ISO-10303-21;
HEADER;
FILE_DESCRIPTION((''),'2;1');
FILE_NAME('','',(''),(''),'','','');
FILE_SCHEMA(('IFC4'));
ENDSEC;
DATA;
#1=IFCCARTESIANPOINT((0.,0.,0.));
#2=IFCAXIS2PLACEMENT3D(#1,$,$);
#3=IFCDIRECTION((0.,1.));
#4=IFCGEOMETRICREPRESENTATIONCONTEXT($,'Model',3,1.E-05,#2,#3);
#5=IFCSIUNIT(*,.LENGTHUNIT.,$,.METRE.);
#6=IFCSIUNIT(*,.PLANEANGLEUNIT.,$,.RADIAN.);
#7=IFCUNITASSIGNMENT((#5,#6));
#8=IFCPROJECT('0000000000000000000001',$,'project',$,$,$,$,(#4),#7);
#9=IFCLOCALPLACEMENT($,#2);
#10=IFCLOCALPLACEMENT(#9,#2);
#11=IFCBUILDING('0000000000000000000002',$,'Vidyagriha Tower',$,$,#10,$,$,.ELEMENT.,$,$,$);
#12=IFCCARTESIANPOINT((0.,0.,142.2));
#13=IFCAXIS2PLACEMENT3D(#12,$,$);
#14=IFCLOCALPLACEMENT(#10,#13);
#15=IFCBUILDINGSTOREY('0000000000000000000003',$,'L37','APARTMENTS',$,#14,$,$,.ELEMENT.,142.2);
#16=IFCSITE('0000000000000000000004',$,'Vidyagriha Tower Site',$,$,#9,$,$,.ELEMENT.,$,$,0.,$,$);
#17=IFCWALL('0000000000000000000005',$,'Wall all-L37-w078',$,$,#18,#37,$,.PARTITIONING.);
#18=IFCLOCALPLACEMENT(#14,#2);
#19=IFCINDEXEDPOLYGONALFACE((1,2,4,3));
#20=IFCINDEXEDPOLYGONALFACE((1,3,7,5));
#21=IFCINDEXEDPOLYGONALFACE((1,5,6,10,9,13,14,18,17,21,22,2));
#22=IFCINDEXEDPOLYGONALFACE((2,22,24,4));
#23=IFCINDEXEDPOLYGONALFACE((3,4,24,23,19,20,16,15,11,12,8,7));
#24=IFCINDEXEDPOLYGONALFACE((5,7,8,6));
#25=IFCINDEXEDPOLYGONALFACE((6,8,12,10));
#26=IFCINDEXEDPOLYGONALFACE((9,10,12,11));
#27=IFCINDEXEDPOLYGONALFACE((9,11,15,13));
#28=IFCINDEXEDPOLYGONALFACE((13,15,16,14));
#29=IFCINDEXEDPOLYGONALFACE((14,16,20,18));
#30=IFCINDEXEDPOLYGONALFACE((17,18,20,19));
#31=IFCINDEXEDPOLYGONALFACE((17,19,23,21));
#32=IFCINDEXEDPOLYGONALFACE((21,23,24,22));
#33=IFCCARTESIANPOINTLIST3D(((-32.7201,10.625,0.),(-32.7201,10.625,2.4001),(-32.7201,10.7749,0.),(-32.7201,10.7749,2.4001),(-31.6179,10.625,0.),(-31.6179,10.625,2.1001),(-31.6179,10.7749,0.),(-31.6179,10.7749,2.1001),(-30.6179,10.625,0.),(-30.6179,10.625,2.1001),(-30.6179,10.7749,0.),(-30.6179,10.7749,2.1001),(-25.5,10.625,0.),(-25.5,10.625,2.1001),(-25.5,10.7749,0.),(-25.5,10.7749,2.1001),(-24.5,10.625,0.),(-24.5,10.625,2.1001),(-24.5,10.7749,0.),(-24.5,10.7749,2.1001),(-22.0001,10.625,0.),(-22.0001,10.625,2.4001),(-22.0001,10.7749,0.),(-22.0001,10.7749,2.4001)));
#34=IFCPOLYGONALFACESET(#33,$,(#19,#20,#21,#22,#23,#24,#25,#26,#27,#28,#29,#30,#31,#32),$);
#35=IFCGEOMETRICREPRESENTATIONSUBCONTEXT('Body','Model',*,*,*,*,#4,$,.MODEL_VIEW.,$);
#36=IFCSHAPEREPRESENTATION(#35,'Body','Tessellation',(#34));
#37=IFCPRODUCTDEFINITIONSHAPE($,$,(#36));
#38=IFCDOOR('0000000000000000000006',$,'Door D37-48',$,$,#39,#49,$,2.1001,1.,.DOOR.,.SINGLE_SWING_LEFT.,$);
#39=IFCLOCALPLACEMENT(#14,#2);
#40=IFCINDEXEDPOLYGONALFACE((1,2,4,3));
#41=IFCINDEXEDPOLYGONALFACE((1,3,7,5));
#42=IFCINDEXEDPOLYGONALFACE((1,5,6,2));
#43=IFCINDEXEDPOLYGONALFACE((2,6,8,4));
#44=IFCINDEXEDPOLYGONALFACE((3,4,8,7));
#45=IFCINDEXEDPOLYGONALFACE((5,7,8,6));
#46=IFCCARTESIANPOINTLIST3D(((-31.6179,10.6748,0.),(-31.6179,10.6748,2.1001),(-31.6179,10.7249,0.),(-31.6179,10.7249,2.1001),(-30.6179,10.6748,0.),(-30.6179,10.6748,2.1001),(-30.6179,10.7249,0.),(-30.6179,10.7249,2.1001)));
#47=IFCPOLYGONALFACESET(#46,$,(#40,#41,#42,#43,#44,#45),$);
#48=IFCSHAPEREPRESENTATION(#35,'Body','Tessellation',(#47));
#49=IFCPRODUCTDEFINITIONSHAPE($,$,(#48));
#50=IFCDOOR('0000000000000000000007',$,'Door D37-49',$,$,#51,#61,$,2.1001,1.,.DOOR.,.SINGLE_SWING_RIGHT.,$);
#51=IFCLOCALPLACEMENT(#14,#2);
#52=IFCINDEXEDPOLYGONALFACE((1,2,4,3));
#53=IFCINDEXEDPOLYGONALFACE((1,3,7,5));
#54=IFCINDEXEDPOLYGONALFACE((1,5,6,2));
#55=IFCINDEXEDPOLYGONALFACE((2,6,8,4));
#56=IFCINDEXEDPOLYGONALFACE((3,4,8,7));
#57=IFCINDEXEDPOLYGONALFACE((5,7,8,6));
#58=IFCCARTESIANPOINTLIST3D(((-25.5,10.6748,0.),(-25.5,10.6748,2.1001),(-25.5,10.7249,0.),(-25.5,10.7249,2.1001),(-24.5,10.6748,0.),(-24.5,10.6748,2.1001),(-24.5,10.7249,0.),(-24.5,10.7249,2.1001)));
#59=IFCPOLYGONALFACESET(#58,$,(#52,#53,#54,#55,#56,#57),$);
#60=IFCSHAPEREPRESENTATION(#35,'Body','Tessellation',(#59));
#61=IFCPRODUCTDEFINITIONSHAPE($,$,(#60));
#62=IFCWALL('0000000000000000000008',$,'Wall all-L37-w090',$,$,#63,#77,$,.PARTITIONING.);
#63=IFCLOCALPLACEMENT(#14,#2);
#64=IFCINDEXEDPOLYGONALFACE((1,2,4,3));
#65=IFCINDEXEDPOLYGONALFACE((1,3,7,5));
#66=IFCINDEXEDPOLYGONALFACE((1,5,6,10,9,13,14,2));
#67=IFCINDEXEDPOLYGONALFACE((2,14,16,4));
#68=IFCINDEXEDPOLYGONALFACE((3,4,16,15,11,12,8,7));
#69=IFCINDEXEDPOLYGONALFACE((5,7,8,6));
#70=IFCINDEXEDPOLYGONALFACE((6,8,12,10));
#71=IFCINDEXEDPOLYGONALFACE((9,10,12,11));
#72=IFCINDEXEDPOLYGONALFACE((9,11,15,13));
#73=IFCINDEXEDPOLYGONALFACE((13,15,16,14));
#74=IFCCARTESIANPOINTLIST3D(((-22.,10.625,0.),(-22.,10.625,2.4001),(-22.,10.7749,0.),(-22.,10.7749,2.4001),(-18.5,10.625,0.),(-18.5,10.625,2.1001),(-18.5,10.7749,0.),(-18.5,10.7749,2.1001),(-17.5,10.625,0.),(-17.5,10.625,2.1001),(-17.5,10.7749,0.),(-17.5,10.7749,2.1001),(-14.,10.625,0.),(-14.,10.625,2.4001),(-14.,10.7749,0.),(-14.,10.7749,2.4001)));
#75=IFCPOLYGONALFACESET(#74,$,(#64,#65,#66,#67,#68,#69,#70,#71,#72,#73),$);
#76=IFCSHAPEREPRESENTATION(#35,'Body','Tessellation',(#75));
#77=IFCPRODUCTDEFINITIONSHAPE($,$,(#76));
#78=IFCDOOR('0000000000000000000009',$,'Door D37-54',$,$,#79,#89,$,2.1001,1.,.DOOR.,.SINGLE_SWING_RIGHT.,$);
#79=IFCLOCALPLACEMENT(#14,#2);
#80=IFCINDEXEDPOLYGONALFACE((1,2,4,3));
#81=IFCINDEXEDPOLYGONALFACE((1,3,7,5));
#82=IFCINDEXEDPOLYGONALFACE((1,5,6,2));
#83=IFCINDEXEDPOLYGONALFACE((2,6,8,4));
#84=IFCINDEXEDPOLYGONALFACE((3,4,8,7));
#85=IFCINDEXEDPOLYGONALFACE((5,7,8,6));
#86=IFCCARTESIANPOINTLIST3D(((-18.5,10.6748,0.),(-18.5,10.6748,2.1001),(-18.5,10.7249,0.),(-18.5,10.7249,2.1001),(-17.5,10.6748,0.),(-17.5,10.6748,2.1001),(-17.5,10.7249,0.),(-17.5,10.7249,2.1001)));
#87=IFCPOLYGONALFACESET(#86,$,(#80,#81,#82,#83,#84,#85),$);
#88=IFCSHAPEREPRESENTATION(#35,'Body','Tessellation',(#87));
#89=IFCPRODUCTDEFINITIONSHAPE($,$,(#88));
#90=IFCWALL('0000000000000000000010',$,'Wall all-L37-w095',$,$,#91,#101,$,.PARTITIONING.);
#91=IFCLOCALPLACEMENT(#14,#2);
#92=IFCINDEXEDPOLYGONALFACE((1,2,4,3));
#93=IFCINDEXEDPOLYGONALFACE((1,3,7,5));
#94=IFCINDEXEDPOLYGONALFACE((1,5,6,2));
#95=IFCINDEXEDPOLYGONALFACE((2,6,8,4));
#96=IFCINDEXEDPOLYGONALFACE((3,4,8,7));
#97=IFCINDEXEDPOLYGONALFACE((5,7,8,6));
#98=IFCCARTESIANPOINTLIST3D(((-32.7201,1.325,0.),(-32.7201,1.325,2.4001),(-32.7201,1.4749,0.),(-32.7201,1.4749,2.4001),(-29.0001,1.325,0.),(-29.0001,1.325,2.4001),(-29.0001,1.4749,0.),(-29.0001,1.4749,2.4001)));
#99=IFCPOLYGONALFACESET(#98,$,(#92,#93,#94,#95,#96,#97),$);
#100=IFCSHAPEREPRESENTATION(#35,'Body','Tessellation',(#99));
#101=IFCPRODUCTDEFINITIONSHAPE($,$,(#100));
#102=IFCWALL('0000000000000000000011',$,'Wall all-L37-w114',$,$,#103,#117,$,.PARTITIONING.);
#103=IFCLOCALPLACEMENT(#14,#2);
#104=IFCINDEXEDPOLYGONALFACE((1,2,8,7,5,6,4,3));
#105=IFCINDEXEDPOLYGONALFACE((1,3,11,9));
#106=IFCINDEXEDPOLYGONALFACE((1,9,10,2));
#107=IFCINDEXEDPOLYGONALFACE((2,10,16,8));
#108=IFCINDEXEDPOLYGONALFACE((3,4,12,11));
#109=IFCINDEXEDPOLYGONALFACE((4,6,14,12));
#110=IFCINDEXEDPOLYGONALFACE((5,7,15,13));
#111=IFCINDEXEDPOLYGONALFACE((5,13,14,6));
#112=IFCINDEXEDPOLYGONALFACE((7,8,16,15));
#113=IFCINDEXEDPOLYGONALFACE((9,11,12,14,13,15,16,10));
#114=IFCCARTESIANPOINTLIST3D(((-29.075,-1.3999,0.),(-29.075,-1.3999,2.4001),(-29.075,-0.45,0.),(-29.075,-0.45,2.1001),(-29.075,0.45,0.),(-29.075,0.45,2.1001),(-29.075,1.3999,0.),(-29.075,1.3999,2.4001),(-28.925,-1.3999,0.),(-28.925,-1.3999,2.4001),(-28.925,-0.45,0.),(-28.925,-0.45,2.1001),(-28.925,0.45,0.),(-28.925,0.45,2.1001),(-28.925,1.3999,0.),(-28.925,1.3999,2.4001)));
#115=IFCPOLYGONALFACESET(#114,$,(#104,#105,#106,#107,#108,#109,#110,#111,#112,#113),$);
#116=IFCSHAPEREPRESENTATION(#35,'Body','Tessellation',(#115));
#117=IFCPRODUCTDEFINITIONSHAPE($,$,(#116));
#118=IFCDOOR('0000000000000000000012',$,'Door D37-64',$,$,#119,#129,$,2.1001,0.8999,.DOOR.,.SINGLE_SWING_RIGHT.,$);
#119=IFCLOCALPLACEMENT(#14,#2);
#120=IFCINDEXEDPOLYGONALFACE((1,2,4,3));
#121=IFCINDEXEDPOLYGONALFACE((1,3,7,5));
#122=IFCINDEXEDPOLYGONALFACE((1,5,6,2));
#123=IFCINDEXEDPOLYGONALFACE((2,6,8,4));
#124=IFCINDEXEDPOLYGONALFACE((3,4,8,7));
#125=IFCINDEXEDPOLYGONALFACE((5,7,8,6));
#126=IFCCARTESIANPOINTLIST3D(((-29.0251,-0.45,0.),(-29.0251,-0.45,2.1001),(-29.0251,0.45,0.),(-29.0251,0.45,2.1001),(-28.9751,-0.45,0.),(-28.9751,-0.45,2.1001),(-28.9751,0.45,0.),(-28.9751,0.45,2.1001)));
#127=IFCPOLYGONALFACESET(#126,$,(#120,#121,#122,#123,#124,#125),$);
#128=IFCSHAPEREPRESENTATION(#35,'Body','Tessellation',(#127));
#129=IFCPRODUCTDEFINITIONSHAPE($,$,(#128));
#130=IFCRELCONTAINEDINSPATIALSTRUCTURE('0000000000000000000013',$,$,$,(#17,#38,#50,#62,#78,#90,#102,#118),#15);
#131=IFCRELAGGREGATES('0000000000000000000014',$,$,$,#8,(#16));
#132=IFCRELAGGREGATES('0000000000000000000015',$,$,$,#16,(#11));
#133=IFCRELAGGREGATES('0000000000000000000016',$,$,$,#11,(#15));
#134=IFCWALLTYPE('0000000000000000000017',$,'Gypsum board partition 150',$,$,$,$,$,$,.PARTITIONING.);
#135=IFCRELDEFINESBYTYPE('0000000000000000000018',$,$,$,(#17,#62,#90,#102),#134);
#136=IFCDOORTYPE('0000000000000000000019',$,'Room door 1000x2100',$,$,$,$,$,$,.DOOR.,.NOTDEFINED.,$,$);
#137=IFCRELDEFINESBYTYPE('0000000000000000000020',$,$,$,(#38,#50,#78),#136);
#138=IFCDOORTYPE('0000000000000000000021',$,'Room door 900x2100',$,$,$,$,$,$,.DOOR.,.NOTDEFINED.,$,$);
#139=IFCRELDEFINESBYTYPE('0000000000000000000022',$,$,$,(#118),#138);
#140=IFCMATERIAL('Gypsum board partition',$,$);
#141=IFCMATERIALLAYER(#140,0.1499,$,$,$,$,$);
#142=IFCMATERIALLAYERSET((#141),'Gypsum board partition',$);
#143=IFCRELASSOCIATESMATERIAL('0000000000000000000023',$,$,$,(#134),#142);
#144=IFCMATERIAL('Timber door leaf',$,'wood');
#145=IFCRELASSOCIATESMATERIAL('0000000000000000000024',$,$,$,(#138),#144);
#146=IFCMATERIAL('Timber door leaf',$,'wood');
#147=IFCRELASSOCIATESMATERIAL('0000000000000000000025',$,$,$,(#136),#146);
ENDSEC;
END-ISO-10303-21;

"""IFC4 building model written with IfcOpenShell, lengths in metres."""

from ifc_helpers import new_model, si_unit, direction, frame, frame_2d, origin, place, context, subcontext, project, spatial, rectangle, extrude, material, layer, layer_set, type_object, element, fill, save


model = new_model("IFC4")

# Units and contexts
model_context = context("Model", 3, precision=1e-05, world=origin(), true_north=direction((0.0, 1.0)))
body_context = subcontext(model_context, "Body", "Model", "MODEL_VIEW")
ifc_project = project(units=[si_unit("LENGTHUNIT", "METRE"), si_unit("PLANEANGLEUNIT", "RADIAN")], contexts=[model_context])

# Site, building, storey
site_placement = place(None, origin())
site = spatial("IfcSite", under=ifc_project, at=site_placement, Name="Vidyagriha Tower Site", CompositionType="ELEMENT", RefElevation=0.0)
building_placement = place(site_placement, origin())
building = spatial("IfcBuilding", under=site, at=building_placement, Name="Vidyagriha Tower", CompositionType="ELEMENT")
storey_placement = place(building_placement, frame((0.0, 0.0, 142.2)))
storey = spatial("IfcBuildingStorey", under=building, at=storey_placement, Name="L37", Description="APARTMENTS", CompositionType="ELEMENT", Elevation=142.2)

# Shared definitions
ifc_material_1 = material(Name="Gypsum board partition")
ifc_layer_1 = layer(ifc_material_1, 0.1499)
ifc_layer_set_1 = layer_set([ifc_layer_1], Name="Gypsum board partition")
wall_type_1 = type_object("IfcWallType", Name="Gypsum board partition 150", PredefinedType="PARTITIONING", material=ifc_layer_set_1)

# Shared definitions
ifc_material_2 = material(Name="Timber door leaf", Category="wood")
door_type_1 = type_object("IfcDoorType", Name="Room door 900x2100", OperationType="NOTDEFINED", PredefinedType="DOOR", material=ifc_material_2)

# Wall, openings, doors
wall_1_placement = place(storey_placement, frame((-32.72, 10.7, 0.0)))
wall_1 = element("IfcWall", 1, at=wall_1_placement, inside=storey, type_object=wall_type_1, Name="Wall all-L37-w078", PredefinedType="PARTITIONING", context=body_context, shape_type="SweptSolid", body=[
    extrude(rectangle(XDim=10.72, YDim=0.1499, at=frame_2d((5.3599, 0.0))), origin(), (0.0, 0.0, 1.0), 2.4001),
])
opening_1_placement = place(wall_1_placement, frame((1.1021, 0.0, 0.0)))
opening_1 = element("IfcOpeningElement", 2, at=opening_1_placement, cuts=wall_1, PredefinedType="OPENING", context=body_context, shape_type="SweptSolid", body=[
    extrude(rectangle(XDim=1.0, YDim=2.1001, at=frame_2d((0.5, 1.05))), frame((0.0, 0.085, 0.0), z_axis=(0.0, -1.0, 0.0), x_axis=(1.0, 0.0, 0.0)), (0.0, 0.0, 1.0), 0.1699),
])
opening_2_placement = place(wall_1_placement, frame((7.22, 0.0, 0.0)))
opening_2 = element("IfcOpeningElement", 3, at=opening_2_placement, cuts=wall_1, PredefinedType="OPENING", context=body_context, shape_type="SweptSolid", body=[
    extrude(rectangle(XDim=1.0, YDim=2.1001, at=frame_2d((0.5, 1.05))), frame((0.0, 0.085, 0.0), z_axis=(0.0, -1.0, 0.0), x_axis=(1.0, 0.0, 0.0)), (0.0, 0.0, 1.0), 0.1699),
])
ifc_material_3 = material(Name="Timber door leaf", Category="wood")
door_type_2 = type_object("IfcDoorType", Name="Room door 1000x2100", OperationType="NOTDEFINED", PredefinedType="DOOR", material=ifc_material_3)
door_1_placement = place(opening_1_placement, origin())
door_1 = element("IfcDoor", 4, at=door_1_placement, inside=storey, type_object=door_type_2, Name="Door D37-48", OperationType="SINGLE_SWING_LEFT", OverallHeight=2.1001, OverallWidth=1.0, PredefinedType="DOOR", context=body_context, shape_type="SweptSolid", body=[
    extrude(rectangle(XDim=1.0, YDim=2.1001, at=frame_2d((0.5, 1.05))), frame((0.0, 0.0249, 0.0), z_axis=(0.0, -1.0, 0.0), x_axis=(1.0, 0.0, 0.0)), (0.0, 0.0, 1.0), 0.05),
])
fill(opening_1, door_1)
door_2_placement = place(opening_2_placement, origin())
door_2 = element("IfcDoor", 5, at=door_2_placement, inside=storey, type_object=door_type_2, Name="Door D37-49", OperationType="SINGLE_SWING_RIGHT", OverallHeight=2.1001, OverallWidth=1.0, PredefinedType="DOOR", context=body_context, shape_type="SweptSolid", body=[
    extrude(rectangle(XDim=1.0, YDim=2.1001, at=frame_2d((0.5, 1.05))), frame((0.0, 0.0249, 0.0), z_axis=(0.0, -1.0, 0.0), x_axis=(1.0, 0.0, 0.0)), (0.0, 0.0, 1.0), 0.05),
])
fill(opening_2, door_2)

# Wall, opening, door
wall_2_placement = place(storey_placement, frame((-22.0, 10.7, 0.0)))
wall_2 = element("IfcWall", 6, at=wall_2_placement, inside=storey, type_object=wall_type_1, Name="Wall all-L37-w090", PredefinedType="PARTITIONING", context=body_context, shape_type="SweptSolid", body=[
    extrude(rectangle(XDim=8.0, YDim=0.1499, at=frame_2d((4.0, 0.0))), origin(), (0.0, 0.0, 1.0), 2.4001),
])
opening_3_placement = place(wall_2_placement, frame((3.5, 0.0, 0.0)))
opening_3 = element("IfcOpeningElement", 7, at=opening_3_placement, cuts=wall_2, PredefinedType="OPENING", context=body_context, shape_type="SweptSolid", body=[
    extrude(rectangle(XDim=1.0, YDim=2.1001, at=frame_2d((0.5, 1.05))), frame((0.0, 0.085, 0.0), z_axis=(0.0, -1.0, 0.0), x_axis=(1.0, 0.0, 0.0)), (0.0, 0.0, 1.0), 0.1699),
])
door_3_placement = place(opening_3_placement, origin())
door_3 = element("IfcDoor", 8, at=door_3_placement, inside=storey, type_object=door_type_2, Name="Door D37-54", OperationType="SINGLE_SWING_RIGHT", OverallHeight=2.1001, OverallWidth=1.0, PredefinedType="DOOR", context=body_context, shape_type="SweptSolid", body=[
    extrude(rectangle(XDim=1.0, YDim=2.1001, at=frame_2d((0.5, 1.05))), frame((0.0, 0.0249, 0.0), z_axis=(0.0, -1.0, 0.0), x_axis=(1.0, 0.0, 0.0)), (0.0, 0.0, 1.0), 0.05),
])
fill(opening_3, door_3)

# Wall
wall_3_placement = place(storey_placement, frame((-32.72, 1.3999, 0.0)))
element("IfcWall", 9, at=wall_3_placement, inside=storey, type_object=wall_type_1, Name="Wall all-L37-w095", PredefinedType="PARTITIONING", context=body_context, shape_type="SweptSolid", body=[
    extrude(rectangle(XDim=3.72, YDim=0.1499, at=frame_2d((1.8599, 0.0))), origin(), (0.0, 0.0, 1.0), 2.4001),
])

# Wall, opening, door
wall_4_placement = place(storey_placement, frame((-29.0, 1.3999, 0.0), z_axis=(0.0, 0.0, 1.0), x_axis=(0.0, -1.0, 0.0)))
wall_4 = element("IfcWall", 10, at=wall_4_placement, inside=storey, type_object=wall_type_1, Name="Wall all-L37-w114", PredefinedType="PARTITIONING", context=body_context, shape_type="SweptSolid", body=[
    extrude(rectangle(XDim=2.7998, YDim=0.1499, at=frame_2d((1.3999, 0.0))), origin(), (0.0, 0.0, 1.0), 2.4001),
])
opening_4_placement = place(wall_4_placement, frame((0.95, 0.0, 0.0)))
opening_4 = element("IfcOpeningElement", 11, at=opening_4_placement, cuts=wall_4, PredefinedType="OPENING", context=body_context, shape_type="SweptSolid", body=[
    extrude(rectangle(XDim=0.8999, YDim=2.1001, at=frame_2d((0.45, 1.05))), frame((0.0, 0.085, 0.0), z_axis=(0.0, -1.0, 0.0), x_axis=(1.0, 0.0, 0.0)), (0.0, 0.0, 1.0), 0.1699),
])
door_4_placement = place(opening_4_placement, origin())
door_4 = element("IfcDoor", 12, at=door_4_placement, inside=storey, type_object=door_type_1, Name="Door D37-64", OperationType="SINGLE_SWING_RIGHT", OverallHeight=2.1001, OverallWidth=0.8999, PredefinedType="DOOR", context=body_context, shape_type="SweptSolid", body=[
    extrude(rectangle(XDim=0.8999, YDim=2.1001, at=frame_2d((0.45, 1.05))), frame((0.0, 0.0249, 0.0), z_axis=(0.0, -1.0, 0.0), x_axis=(1.0, 0.0, 0.0)), (0.0, 0.0, 1.0), 0.05),
])
fill(opening_4, door_4)

save(model, "model.ifc")
